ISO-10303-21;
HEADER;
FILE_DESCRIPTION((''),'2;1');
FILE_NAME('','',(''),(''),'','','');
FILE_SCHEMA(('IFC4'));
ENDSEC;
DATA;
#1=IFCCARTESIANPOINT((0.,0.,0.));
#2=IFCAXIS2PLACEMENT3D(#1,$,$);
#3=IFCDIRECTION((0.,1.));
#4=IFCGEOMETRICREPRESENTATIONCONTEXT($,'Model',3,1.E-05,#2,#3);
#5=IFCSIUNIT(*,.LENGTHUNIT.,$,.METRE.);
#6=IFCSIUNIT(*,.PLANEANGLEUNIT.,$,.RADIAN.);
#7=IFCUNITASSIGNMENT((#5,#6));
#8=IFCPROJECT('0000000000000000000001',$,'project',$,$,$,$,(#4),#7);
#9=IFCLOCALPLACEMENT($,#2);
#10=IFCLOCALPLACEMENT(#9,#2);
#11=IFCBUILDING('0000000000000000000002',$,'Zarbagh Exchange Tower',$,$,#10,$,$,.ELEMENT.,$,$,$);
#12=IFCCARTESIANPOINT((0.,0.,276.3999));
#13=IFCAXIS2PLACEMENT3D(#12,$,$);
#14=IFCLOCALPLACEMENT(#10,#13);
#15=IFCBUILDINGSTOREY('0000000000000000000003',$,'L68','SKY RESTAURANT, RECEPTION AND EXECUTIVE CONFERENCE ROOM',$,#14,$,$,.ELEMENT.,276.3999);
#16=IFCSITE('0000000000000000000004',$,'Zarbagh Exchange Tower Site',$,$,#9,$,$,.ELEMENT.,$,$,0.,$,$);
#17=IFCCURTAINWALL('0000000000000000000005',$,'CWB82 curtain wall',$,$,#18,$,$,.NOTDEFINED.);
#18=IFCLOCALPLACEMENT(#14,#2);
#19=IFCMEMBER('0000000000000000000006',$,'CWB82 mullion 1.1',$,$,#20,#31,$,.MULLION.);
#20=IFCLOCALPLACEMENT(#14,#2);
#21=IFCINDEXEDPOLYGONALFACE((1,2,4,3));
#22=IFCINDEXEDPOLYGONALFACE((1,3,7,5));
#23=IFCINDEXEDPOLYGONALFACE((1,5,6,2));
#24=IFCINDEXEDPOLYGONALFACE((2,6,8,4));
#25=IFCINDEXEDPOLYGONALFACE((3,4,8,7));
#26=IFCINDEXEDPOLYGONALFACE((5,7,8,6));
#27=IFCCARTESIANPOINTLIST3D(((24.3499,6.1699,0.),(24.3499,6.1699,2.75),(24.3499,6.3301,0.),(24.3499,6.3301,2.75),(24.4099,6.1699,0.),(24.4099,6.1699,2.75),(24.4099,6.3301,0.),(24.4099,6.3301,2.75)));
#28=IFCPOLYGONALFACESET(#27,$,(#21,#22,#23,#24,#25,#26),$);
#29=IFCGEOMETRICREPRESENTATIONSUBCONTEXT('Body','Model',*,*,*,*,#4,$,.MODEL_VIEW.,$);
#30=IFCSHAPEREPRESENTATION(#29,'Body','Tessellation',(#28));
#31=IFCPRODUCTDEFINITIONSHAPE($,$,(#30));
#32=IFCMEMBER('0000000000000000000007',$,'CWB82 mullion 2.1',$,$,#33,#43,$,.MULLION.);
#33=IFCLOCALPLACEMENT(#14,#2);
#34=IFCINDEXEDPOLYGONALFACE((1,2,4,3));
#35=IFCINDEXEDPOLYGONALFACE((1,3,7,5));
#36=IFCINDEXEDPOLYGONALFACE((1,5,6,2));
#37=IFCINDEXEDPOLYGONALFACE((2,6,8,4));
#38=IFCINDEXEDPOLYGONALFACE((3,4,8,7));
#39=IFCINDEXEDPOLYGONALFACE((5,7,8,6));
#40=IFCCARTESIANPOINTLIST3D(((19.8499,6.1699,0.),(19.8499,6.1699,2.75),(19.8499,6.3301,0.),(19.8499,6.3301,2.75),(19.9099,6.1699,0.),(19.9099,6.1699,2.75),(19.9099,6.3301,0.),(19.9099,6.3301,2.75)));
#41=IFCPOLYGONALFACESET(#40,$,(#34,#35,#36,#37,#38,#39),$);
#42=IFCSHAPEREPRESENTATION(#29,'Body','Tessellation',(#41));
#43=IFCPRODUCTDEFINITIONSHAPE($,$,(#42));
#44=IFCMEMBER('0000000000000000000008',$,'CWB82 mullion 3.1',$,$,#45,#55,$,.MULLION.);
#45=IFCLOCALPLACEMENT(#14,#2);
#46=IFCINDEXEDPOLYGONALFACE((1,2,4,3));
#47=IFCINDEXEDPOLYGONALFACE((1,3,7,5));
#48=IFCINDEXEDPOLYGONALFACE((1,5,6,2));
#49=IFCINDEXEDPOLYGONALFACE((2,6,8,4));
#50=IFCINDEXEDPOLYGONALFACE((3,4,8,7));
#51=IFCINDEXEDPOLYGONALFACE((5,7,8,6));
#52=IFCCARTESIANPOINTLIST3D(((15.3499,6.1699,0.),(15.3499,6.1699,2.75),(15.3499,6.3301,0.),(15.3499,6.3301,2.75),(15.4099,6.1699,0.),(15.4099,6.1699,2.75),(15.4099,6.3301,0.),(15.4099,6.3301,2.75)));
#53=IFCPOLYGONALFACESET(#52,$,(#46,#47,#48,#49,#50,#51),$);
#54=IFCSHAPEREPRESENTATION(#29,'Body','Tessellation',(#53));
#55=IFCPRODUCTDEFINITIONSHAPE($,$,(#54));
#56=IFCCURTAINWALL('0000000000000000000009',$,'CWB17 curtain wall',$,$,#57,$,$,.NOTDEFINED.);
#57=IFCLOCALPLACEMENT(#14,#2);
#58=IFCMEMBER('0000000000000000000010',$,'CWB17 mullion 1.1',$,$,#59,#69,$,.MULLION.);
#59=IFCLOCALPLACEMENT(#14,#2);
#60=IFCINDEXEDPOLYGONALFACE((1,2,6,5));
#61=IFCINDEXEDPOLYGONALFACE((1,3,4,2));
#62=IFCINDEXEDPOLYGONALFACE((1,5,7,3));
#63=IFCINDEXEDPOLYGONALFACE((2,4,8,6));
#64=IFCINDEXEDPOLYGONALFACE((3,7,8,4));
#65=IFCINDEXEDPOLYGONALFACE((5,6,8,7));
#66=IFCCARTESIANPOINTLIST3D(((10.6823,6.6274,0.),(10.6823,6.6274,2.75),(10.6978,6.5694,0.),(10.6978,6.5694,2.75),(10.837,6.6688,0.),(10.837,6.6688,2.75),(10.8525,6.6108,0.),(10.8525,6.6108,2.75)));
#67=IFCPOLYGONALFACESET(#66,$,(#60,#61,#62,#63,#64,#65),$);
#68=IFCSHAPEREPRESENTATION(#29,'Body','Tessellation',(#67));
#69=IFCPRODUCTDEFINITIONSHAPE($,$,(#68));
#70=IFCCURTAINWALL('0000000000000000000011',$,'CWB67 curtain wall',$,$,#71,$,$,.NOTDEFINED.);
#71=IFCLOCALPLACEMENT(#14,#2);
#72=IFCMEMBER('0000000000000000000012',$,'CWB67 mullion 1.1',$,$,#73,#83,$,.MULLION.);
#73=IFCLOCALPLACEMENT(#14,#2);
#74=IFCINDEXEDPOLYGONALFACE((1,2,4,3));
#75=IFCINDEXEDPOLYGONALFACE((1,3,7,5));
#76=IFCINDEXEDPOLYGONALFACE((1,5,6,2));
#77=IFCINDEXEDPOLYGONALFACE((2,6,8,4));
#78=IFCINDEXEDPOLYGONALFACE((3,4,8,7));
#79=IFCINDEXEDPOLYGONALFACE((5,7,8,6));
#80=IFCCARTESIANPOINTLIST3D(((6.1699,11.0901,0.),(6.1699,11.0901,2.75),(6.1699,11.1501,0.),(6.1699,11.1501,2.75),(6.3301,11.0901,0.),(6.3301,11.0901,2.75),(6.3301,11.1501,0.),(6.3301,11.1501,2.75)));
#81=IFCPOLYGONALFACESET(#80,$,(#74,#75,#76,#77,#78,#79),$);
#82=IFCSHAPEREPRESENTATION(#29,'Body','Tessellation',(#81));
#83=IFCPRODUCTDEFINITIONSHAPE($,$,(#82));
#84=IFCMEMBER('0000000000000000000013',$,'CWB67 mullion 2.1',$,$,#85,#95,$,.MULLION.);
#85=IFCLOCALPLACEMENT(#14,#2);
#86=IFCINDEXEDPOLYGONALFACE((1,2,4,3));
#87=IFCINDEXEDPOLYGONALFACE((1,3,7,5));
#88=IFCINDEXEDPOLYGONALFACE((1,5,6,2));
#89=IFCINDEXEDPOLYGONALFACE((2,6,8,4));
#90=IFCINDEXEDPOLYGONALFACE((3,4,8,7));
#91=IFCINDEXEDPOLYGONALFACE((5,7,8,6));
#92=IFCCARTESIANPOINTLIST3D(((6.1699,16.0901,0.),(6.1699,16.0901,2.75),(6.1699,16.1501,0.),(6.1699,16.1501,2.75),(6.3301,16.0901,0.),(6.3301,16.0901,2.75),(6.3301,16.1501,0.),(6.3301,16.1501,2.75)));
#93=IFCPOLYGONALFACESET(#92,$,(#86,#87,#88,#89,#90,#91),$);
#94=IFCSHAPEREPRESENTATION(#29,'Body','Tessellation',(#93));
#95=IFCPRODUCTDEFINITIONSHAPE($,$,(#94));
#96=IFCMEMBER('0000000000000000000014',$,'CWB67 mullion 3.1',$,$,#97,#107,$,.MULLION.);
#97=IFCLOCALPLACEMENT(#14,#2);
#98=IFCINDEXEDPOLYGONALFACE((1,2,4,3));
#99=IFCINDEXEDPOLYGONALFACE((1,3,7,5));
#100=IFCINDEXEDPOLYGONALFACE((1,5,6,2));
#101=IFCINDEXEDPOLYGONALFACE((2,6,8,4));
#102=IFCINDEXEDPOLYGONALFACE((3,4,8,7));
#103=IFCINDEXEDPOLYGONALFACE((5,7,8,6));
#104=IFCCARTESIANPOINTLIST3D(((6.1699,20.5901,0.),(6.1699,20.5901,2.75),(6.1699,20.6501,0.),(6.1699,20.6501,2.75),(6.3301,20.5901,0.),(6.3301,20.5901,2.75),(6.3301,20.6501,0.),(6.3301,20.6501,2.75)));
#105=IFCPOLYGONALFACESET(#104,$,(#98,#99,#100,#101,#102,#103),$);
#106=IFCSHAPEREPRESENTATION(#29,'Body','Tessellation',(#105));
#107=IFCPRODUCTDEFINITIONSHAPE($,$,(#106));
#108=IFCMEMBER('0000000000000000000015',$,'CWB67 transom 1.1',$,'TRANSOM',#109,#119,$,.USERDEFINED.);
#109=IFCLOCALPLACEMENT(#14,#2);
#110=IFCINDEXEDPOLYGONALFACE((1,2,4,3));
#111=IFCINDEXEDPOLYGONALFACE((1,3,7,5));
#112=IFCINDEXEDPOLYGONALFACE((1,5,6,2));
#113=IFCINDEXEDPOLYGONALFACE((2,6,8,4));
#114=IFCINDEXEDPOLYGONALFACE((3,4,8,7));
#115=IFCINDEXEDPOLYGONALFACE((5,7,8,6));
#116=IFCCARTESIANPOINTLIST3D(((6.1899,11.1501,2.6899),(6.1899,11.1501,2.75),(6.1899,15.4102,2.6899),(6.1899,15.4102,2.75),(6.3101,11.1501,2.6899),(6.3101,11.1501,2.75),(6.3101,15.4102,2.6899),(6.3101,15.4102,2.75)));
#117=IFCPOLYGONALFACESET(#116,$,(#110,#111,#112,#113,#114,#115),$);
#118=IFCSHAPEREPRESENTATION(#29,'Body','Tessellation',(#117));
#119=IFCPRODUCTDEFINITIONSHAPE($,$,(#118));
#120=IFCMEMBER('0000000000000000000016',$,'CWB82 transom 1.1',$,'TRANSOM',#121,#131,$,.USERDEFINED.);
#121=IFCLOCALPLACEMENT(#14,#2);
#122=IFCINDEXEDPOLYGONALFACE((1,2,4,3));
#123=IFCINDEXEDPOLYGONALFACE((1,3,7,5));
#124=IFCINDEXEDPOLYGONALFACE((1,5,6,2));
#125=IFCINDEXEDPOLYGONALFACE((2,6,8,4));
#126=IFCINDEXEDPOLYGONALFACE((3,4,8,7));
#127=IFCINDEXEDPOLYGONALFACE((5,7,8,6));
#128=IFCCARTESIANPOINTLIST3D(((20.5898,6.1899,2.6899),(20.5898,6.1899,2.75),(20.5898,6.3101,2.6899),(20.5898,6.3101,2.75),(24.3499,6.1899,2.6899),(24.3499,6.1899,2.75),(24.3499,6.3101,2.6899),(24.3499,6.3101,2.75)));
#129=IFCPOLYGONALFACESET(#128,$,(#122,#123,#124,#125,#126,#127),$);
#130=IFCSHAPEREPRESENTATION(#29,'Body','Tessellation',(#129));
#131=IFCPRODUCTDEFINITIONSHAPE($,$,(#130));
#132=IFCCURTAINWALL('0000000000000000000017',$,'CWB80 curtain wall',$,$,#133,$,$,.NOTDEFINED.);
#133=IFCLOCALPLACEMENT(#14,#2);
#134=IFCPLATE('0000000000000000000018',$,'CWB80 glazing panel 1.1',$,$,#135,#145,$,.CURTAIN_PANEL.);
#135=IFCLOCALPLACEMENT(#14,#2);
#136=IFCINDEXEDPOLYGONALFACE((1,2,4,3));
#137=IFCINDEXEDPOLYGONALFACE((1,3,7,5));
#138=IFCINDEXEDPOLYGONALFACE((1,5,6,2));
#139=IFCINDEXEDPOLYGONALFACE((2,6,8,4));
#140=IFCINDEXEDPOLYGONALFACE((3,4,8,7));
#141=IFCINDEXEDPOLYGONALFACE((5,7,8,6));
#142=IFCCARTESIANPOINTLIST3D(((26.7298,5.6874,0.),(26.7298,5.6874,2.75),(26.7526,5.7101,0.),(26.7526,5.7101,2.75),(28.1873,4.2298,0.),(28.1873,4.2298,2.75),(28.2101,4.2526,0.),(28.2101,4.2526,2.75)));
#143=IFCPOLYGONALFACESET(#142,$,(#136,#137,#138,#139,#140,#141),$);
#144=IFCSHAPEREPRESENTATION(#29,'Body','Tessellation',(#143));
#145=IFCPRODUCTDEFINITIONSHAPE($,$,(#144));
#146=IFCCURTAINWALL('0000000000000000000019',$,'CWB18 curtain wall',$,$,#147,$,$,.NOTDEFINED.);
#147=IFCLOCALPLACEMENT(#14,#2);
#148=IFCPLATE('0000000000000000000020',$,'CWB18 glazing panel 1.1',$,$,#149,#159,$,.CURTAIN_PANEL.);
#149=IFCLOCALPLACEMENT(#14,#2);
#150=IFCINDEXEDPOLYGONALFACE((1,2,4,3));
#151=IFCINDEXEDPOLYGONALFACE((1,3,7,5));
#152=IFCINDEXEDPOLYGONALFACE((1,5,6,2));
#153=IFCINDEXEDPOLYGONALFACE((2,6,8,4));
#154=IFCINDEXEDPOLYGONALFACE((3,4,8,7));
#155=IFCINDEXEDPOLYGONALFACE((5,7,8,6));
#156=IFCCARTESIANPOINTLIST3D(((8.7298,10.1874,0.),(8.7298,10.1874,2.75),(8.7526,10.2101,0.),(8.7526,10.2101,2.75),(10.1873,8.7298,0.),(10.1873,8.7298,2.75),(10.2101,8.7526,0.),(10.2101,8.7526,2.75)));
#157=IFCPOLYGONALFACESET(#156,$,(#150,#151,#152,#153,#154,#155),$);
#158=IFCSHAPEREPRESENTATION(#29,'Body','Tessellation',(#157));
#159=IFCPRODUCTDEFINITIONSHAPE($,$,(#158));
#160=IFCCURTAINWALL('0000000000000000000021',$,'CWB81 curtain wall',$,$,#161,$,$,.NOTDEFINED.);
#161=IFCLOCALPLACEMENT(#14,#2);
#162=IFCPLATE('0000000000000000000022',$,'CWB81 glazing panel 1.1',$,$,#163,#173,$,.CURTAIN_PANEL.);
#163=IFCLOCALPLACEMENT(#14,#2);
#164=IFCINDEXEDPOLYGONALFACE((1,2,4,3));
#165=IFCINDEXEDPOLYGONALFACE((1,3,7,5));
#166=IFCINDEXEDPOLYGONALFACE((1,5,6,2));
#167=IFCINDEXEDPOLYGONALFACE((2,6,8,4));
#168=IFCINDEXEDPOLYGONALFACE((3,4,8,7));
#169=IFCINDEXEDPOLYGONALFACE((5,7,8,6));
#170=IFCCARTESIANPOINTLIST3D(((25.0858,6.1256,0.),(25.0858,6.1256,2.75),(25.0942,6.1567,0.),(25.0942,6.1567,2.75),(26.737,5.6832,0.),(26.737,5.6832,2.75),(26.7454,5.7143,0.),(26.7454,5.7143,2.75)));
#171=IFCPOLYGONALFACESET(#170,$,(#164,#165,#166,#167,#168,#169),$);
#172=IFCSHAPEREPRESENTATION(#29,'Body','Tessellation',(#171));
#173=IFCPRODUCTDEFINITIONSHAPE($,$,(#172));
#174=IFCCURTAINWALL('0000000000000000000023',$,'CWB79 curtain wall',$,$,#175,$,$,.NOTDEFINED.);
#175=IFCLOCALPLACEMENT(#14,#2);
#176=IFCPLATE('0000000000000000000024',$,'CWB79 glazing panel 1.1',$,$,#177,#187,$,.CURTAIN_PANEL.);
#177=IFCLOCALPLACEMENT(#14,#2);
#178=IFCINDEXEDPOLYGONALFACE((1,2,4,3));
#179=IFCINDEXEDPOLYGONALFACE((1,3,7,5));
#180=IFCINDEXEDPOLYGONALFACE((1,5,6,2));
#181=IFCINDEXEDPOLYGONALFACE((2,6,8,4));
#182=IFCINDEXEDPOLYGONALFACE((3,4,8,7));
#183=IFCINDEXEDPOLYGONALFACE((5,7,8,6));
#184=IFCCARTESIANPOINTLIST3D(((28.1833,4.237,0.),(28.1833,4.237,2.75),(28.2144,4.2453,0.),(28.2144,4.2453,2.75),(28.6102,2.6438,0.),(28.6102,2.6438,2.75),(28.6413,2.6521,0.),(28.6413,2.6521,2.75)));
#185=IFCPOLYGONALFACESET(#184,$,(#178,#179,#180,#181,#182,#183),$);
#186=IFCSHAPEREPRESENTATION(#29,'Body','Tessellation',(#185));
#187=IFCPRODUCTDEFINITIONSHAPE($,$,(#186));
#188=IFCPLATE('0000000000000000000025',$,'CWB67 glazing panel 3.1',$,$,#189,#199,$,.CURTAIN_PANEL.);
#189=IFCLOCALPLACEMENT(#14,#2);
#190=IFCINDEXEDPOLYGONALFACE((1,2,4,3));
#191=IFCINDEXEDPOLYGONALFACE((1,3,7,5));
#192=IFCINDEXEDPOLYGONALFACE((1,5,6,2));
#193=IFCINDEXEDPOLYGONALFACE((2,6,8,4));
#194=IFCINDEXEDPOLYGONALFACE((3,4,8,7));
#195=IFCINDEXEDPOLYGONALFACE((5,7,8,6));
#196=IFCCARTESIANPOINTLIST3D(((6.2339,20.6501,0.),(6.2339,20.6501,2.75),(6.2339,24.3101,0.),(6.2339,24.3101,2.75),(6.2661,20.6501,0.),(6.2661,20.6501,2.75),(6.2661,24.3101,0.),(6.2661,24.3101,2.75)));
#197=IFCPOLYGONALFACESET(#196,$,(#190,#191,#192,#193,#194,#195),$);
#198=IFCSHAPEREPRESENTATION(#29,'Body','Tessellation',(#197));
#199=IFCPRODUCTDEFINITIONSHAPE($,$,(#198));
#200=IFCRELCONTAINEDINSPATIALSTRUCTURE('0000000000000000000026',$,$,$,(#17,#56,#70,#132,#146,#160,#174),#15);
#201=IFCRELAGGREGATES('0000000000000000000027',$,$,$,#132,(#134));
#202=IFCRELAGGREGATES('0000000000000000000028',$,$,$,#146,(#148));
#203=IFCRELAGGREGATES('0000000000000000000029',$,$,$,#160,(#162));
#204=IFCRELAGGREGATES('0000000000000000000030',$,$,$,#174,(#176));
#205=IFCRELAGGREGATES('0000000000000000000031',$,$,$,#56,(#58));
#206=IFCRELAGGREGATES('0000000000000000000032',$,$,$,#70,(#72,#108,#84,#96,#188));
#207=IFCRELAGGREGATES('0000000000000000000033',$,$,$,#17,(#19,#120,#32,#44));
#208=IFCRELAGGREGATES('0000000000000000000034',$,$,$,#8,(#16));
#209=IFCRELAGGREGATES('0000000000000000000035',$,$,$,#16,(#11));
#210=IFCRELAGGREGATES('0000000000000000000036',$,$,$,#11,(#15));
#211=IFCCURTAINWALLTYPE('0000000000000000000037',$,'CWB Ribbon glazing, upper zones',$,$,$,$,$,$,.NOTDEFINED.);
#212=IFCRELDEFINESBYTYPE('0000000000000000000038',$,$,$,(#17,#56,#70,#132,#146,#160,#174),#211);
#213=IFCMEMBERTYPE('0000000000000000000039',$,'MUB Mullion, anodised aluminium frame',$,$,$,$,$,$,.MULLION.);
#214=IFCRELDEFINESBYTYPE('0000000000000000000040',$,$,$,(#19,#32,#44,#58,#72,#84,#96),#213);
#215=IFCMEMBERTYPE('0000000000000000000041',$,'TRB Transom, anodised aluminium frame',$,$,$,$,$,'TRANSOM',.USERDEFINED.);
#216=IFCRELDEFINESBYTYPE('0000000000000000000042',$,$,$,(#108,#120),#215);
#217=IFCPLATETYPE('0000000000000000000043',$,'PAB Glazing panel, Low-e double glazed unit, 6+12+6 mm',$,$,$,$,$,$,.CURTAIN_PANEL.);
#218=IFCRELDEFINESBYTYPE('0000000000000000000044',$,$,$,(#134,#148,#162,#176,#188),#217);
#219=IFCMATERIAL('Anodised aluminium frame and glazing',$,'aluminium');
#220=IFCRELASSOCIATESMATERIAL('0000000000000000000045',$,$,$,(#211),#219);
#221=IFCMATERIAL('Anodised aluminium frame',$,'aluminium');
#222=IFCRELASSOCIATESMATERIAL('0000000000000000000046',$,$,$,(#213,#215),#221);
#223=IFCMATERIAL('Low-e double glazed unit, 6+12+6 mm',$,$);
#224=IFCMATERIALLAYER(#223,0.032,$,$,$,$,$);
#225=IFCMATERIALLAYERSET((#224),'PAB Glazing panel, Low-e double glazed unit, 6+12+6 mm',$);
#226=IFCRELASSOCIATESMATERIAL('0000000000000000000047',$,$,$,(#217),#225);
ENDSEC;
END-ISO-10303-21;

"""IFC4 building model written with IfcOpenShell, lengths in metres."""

from ifc_helpers import new_model, si_unit, direction, frame, origin, place, context, subcontext, project, spatial, polyline, outline, extrude, source, transform, mapped, material, layer, layer_set, type_object, element, aggregate, save


model = new_model("IFC4")

# Units and contexts
model_context = context("Model", 3, precision=1e-05, world=origin(), true_north=direction((0.0, 1.0)))
body_context = subcontext(model_context, "Body", "Model", "MODEL_VIEW")
ifc_project = project(units=[si_unit("LENGTHUNIT", "METRE"), si_unit("PLANEANGLEUNIT", "RADIAN")], contexts=[model_context])

# Site, building, storey
site_placement = place(None, origin())
site = spatial("IfcSite", under=ifc_project, at=site_placement, Name="Zarbagh Exchange Tower Site", CompositionType="ELEMENT", RefElevation=0.0)
building_placement = place(site_placement, origin())
building = spatial("IfcBuilding", under=site, at=building_placement, Name="Zarbagh Exchange Tower", CompositionType="ELEMENT")
storey_placement = place(building_placement, frame((0.0, 0.0, 276.3999)))
storey = spatial("IfcBuildingStorey", under=building, at=storey_placement, Name="L68", Description="SKY RESTAURANT, RECEPTION AND EXECUTIVE CONFERENCE ROOM", CompositionType="ELEMENT", Elevation=276.3999)

# Curtain wall, members
ifc_material_1 = material(Name="Anodised aluminium frame and glazing", Category="aluminium")
curtain_wall_type = type_object("IfcCurtainWallType", Name="CWB Ribbon glazing, upper zones", PredefinedType="NOTDEFINED", material=ifc_material_1)
curtain_wall_1_placement = place(storey_placement, origin())
curtain_wall_1 = element("IfcCurtainWall", 1, at=curtain_wall_1_placement, inside=storey, type_object=curtain_wall_type, Name="CWB82 curtain wall", PredefinedType="NOTDEFINED")
ifc_material_2 = material(Name="Anodised aluminium frame", Category="aluminium")
member_type_1 = type_object("IfcMemberType", Name="MUB Mullion, anodised aluminium frame", PredefinedType="MULLION", material=ifc_material_2)
shared_shape_1 = source(origin(), body_context, "Body", "SweptSolid", [
    extrude(outline(polyline([(0.0, -0.0801), (0.0601, -0.0801), (0.0601, 0.0801), (0.0, 0.0801), (0.0, -0.0801)])), origin(), (0.0, 0.0, 1.0), 2.75),
])
placement = place(storey_placement, origin())
member_1 = element("IfcMember", 2, at=placement, type_object=member_type_1, Name="CWB82 mullion 1.1", PredefinedType="MULLION", context=body_context, shape_type="MappedRepresentation", body=[
    mapped(shared_shape_1, transform((24.4099, 6.25, 0.0), x_axis=(-1.0, 0.0, 0.0), y_axis=(0.0, -1.0, 0.0), z_axis=(0.0, 0.0, 1.0))),
])
member_2 = element("IfcMember", 3, at=placement, type_object=member_type_1, Name="CWB82 mullion 2.1", PredefinedType="MULLION", context=body_context, shape_type="MappedRepresentation", body=[
    mapped(shared_shape_1, transform((19.9099, 6.25, 0.0), x_axis=(-1.0, 0.0, 0.0), y_axis=(0.0, -1.0, 0.0), z_axis=(0.0, 0.0, 1.0))),
])
member_3 = element("IfcMember", 4, at=placement, type_object=member_type_1, Name="CWB82 mullion 3.1", PredefinedType="MULLION", context=body_context, shape_type="MappedRepresentation", body=[
    mapped(shared_shape_1, transform((15.4099, 6.25, 0.0), x_axis=(-1.0, 0.0, 0.0), y_axis=(0.0, -1.0, 0.0), z_axis=(0.0, 0.0, 1.0))),
])

# Curtain wall, member
curtain_wall_2_placement = place(storey_placement, origin())
curtain_wall_2 = element("IfcCurtainWall", 5, at=curtain_wall_2_placement, inside=storey, type_object=curtain_wall_type, Name="CWB17 curtain wall", PredefinedType="NOTDEFINED")
member_4 = element("IfcMember", 6, at=placement, type_object=member_type_1, Name="CWB17 mullion 1.1", PredefinedType="MULLION", context=body_context, shape_type="MappedRepresentation", body=[
    mapped(shared_shape_1, transform((10.7751, 6.5901, 0.0), x_axis=(-0.258825, 0.965924, 0.0), y_axis=(-0.965924, -0.258825, 0.0), z_axis=(0.0, 0.0, 1.0))),
])

# Curtain wall, members
curtain_wall_3_placement = place(storey_placement, origin())
curtain_wall_3 = element("IfcCurtainWall", 7, at=curtain_wall_3_placement, inside=storey, type_object=curtain_wall_type, Name="CWB67 curtain wall", PredefinedType="NOTDEFINED")
member_5 = element("IfcMember", 8, at=placement, type_object=member_type_1, Name="CWB67 mullion 1.1", PredefinedType="MULLION", context=body_context, shape_type="MappedRepresentation", body=[
    mapped(shared_shape_1, transform((6.25, 11.0901, 0.0), x_axis=(0.0, 1.0, 0.0), y_axis=(-1.0, 0.0, 0.0), z_axis=(0.0, 0.0, 1.0))),
])
member_6 = element("IfcMember", 9, at=placement, type_object=member_type_1, Name="CWB67 mullion 2.1", PredefinedType="MULLION", context=body_context, shape_type="MappedRepresentation", body=[
    mapped(shared_shape_1, transform((6.25, 16.0901, 0.0), x_axis=(0.0, 1.0, 0.0), y_axis=(-1.0, 0.0, 0.0), z_axis=(0.0, 0.0, 1.0))),
])
member_7 = element("IfcMember", 10, at=placement, type_object=member_type_1, Name="CWB67 mullion 3.1", PredefinedType="MULLION", context=body_context, shape_type="MappedRepresentation", body=[
    mapped(shared_shape_1, transform((6.25, 20.5901, 0.0), x_axis=(0.0, 1.0, 0.0), y_axis=(-1.0, 0.0, 0.0), z_axis=(0.0, 0.0, 1.0))),
])
member_type_2 = type_object("IfcMemberType", Name="TRB Transom, anodised aluminium frame", ElementType="TRANSOM", PredefinedType="USERDEFINED", material=ifc_material_2)
shared_shape_2 = source(origin(), body_context, "Body", "SweptSolid", [
    extrude(outline(polyline([(-0.0601, -0.0601), (0.0, -0.0601), (0.0, 0.0601), (-0.0601, 0.0601), (-0.0601, -0.0601)])), origin(), (0.0, 0.0, 1.0), 4.26),
])
member_8 = element("IfcMember", 11, at=placement, type_object=member_type_2, Name="CWB67 transom 1.1", ObjectType="TRANSOM", PredefinedType="USERDEFINED", context=body_context, shape_type="MappedRepresentation", body=[
    mapped(shared_shape_2, transform((6.25, 11.1501, 2.75), x_axis=(0.0, 0.0, 1.0), y_axis=(1.0, 0.0, 0.0), z_axis=(0.0, 1.0, 0.0))),
])

# Member
shared_shape_3 = source(origin(), body_context, "Body", "SweptSolid", [
    extrude(outline(polyline([(-0.0601, -0.0601), (0.0, -0.0601), (0.0, 0.0601), (-0.0601, 0.0601), (-0.0601, -0.0601)])), origin(), (0.0, 0.0, 1.0), 3.76),
])
member_9 = element("IfcMember", 12, at=placement, type_object=member_type_2, Name="CWB82 transom 1.1", ObjectType="TRANSOM", PredefinedType="USERDEFINED", context=body_context, shape_type="MappedRepresentation", body=[
    mapped(shared_shape_3, transform((24.3499, 6.25, 2.75), x_axis=(0.0, 0.0, 1.0), y_axis=(0.0, 1.0, 0.0), z_axis=(-1.0, 0.0, 0.0))),
])

# Curtain walls, plates
curtain_wall_4_placement = place(storey_placement, origin())
curtain_wall_4 = element("IfcCurtainWall", 13, at=curtain_wall_4_placement, inside=storey, type_object=curtain_wall_type, Name="CWB80 curtain wall", PredefinedType="NOTDEFINED")
ifc_material_3 = material(Name="Low-e double glazed unit, 6+12+6 mm")
ifc_layer = layer(ifc_material_3, 0.032)
ifc_layer_set = layer_set([ifc_layer], Name="PAB Glazing panel, Low-e double glazed unit, 6+12+6 mm")
plate_type = type_object("IfcPlateType", Name="PAB Glazing panel, Low-e double glazed unit, 6+12+6 mm", PredefinedType="CURTAIN_PANEL", material=ifc_layer_set)
shared_shape_4 = source(origin(), body_context, "Body", "SweptSolid", [
    extrude(outline(polyline([(0.0, -0.0161), (2.0613, -0.0161), (2.0613, 0.0161), (0.0, 0.0161), (0.0, -0.0161)])), origin(), (0.0, 0.0, 1.0), 2.75),
])
plate_1 = element("IfcPlate", 14, at=placement, type_object=plate_type, Name="CWB80 glazing panel 1.1", PredefinedType="CURTAIN_PANEL", context=body_context, shape_type="MappedRepresentation", body=[
    mapped(shared_shape_4, transform((28.1987, 4.2412, 0.0), x_axis=(-0.707107, 0.707107, 0.0), y_axis=(-0.707107, -0.707107, 0.0), z_axis=(0.0, 0.0, 1.0))),
])
aggregate(curtain_wall_4, [plate_1])
curtain_wall_5_placement = place(storey_placement, origin())
curtain_wall_5 = element("IfcCurtainWall", 15, at=curtain_wall_5_placement, inside=storey, type_object=curtain_wall_type, Name="CWB18 curtain wall", PredefinedType="NOTDEFINED")
plate_2 = element("IfcPlate", 16, at=placement, type_object=plate_type, Name="CWB18 glazing panel 1.1", PredefinedType="CURTAIN_PANEL", context=body_context, shape_type="MappedRepresentation", body=[
    mapped(shared_shape_4, transform((10.1987, 8.7412, 0.0), x_axis=(-0.707107, 0.707107, 0.0), y_axis=(-0.707107, -0.707107, 0.0), z_axis=(0.0, 0.0, 1.0))),
])
aggregate(curtain_wall_5, [plate_2])
curtain_wall_6_placement = place(storey_placement, origin())
curtain_wall_6 = element("IfcCurtainWall", 17, at=curtain_wall_6_placement, inside=storey, type_object=curtain_wall_type, Name="CWB81 curtain wall", PredefinedType="NOTDEFINED")
shared_shape_5 = source(origin(), body_context, "Body", "SweptSolid", [
    extrude(outline(polyline([(0.0, -0.0161), (1.7095, -0.0161), (1.7095, 0.0161), (0.0, 0.0161), (0.0, -0.0161)])), origin(), (0.0, 0.0, 1.0), 2.75),
])
plate_3 = element("IfcPlate", 18, at=placement, type_object=plate_type, Name="CWB81 glazing panel 1.1", PredefinedType="CURTAIN_PANEL", context=body_context, shape_type="MappedRepresentation", body=[
    mapped(shared_shape_5, transform((26.7412, 5.6987, 0.0), x_axis=(-0.965924, 0.258825, 0.0), y_axis=(-0.258825, -0.965924, 0.0), z_axis=(0.0, 0.0, 1.0))),
])
aggregate(curtain_wall_6, [plate_3])
curtain_wall_7_placement = place(storey_placement, origin())
curtain_wall_7 = element("IfcCurtainWall", 19, at=curtain_wall_7_placement, inside=storey, type_object=curtain_wall_type, Name="CWB79 curtain wall", PredefinedType="NOTDEFINED")
shared_shape_6 = source(origin(), body_context, "Body", "SweptSolid", [
    extrude(outline(polyline([(0.0, -0.0161), (1.6494, -0.0161), (1.6494, 0.0161), (0.0, 0.0161), (0.0, -0.0161)])), origin(), (0.0, 0.0, 1.0), 2.75),
])
plate_4 = element("IfcPlate", 20, at=placement, type_object=plate_type, Name="CWB79 glazing panel 1.1", PredefinedType="CURTAIN_PANEL", context=body_context, shape_type="MappedRepresentation", body=[
    mapped(shared_shape_6, transform((28.6257, 2.6479, 0.0), x_axis=(-0.258825, 0.965924, 0.0), y_axis=(-0.965924, -0.258825, 0.0), z_axis=(0.0, 0.0, 1.0))),
])
aggregate(curtain_wall_7, [plate_4])

# Plate
shared_shape_7 = source(origin(), body_context, "Body", "SweptSolid", [
    extrude(outline(polyline([(0.0, -0.0161), (3.6599, -0.0161), (3.6599, 0.0161), (0.0, 0.0161), (0.0, -0.0161)])), origin(), (0.0, 0.0, 1.0), 2.75),
])
plate_5 = element("IfcPlate", 21, at=placement, type_object=plate_type, Name="CWB67 glazing panel 3.1", PredefinedType="CURTAIN_PANEL", context=body_context, shape_type="MappedRepresentation", body=[
    mapped(shared_shape_7, transform((6.25, 20.6501, 0.0), x_axis=(0.0, 1.0, 0.0), y_axis=(-1.0, 0.0, 0.0), z_axis=(0.0, 0.0, 1.0))),
])
aggregate(curtain_wall_2, [member_4])

aggregate(curtain_wall_3, [member_5, member_8, member_6, member_7, plate_5])
aggregate(curtain_wall_1, [member_1, member_9, member_2, member_3])

save(model, "model.ifc")
